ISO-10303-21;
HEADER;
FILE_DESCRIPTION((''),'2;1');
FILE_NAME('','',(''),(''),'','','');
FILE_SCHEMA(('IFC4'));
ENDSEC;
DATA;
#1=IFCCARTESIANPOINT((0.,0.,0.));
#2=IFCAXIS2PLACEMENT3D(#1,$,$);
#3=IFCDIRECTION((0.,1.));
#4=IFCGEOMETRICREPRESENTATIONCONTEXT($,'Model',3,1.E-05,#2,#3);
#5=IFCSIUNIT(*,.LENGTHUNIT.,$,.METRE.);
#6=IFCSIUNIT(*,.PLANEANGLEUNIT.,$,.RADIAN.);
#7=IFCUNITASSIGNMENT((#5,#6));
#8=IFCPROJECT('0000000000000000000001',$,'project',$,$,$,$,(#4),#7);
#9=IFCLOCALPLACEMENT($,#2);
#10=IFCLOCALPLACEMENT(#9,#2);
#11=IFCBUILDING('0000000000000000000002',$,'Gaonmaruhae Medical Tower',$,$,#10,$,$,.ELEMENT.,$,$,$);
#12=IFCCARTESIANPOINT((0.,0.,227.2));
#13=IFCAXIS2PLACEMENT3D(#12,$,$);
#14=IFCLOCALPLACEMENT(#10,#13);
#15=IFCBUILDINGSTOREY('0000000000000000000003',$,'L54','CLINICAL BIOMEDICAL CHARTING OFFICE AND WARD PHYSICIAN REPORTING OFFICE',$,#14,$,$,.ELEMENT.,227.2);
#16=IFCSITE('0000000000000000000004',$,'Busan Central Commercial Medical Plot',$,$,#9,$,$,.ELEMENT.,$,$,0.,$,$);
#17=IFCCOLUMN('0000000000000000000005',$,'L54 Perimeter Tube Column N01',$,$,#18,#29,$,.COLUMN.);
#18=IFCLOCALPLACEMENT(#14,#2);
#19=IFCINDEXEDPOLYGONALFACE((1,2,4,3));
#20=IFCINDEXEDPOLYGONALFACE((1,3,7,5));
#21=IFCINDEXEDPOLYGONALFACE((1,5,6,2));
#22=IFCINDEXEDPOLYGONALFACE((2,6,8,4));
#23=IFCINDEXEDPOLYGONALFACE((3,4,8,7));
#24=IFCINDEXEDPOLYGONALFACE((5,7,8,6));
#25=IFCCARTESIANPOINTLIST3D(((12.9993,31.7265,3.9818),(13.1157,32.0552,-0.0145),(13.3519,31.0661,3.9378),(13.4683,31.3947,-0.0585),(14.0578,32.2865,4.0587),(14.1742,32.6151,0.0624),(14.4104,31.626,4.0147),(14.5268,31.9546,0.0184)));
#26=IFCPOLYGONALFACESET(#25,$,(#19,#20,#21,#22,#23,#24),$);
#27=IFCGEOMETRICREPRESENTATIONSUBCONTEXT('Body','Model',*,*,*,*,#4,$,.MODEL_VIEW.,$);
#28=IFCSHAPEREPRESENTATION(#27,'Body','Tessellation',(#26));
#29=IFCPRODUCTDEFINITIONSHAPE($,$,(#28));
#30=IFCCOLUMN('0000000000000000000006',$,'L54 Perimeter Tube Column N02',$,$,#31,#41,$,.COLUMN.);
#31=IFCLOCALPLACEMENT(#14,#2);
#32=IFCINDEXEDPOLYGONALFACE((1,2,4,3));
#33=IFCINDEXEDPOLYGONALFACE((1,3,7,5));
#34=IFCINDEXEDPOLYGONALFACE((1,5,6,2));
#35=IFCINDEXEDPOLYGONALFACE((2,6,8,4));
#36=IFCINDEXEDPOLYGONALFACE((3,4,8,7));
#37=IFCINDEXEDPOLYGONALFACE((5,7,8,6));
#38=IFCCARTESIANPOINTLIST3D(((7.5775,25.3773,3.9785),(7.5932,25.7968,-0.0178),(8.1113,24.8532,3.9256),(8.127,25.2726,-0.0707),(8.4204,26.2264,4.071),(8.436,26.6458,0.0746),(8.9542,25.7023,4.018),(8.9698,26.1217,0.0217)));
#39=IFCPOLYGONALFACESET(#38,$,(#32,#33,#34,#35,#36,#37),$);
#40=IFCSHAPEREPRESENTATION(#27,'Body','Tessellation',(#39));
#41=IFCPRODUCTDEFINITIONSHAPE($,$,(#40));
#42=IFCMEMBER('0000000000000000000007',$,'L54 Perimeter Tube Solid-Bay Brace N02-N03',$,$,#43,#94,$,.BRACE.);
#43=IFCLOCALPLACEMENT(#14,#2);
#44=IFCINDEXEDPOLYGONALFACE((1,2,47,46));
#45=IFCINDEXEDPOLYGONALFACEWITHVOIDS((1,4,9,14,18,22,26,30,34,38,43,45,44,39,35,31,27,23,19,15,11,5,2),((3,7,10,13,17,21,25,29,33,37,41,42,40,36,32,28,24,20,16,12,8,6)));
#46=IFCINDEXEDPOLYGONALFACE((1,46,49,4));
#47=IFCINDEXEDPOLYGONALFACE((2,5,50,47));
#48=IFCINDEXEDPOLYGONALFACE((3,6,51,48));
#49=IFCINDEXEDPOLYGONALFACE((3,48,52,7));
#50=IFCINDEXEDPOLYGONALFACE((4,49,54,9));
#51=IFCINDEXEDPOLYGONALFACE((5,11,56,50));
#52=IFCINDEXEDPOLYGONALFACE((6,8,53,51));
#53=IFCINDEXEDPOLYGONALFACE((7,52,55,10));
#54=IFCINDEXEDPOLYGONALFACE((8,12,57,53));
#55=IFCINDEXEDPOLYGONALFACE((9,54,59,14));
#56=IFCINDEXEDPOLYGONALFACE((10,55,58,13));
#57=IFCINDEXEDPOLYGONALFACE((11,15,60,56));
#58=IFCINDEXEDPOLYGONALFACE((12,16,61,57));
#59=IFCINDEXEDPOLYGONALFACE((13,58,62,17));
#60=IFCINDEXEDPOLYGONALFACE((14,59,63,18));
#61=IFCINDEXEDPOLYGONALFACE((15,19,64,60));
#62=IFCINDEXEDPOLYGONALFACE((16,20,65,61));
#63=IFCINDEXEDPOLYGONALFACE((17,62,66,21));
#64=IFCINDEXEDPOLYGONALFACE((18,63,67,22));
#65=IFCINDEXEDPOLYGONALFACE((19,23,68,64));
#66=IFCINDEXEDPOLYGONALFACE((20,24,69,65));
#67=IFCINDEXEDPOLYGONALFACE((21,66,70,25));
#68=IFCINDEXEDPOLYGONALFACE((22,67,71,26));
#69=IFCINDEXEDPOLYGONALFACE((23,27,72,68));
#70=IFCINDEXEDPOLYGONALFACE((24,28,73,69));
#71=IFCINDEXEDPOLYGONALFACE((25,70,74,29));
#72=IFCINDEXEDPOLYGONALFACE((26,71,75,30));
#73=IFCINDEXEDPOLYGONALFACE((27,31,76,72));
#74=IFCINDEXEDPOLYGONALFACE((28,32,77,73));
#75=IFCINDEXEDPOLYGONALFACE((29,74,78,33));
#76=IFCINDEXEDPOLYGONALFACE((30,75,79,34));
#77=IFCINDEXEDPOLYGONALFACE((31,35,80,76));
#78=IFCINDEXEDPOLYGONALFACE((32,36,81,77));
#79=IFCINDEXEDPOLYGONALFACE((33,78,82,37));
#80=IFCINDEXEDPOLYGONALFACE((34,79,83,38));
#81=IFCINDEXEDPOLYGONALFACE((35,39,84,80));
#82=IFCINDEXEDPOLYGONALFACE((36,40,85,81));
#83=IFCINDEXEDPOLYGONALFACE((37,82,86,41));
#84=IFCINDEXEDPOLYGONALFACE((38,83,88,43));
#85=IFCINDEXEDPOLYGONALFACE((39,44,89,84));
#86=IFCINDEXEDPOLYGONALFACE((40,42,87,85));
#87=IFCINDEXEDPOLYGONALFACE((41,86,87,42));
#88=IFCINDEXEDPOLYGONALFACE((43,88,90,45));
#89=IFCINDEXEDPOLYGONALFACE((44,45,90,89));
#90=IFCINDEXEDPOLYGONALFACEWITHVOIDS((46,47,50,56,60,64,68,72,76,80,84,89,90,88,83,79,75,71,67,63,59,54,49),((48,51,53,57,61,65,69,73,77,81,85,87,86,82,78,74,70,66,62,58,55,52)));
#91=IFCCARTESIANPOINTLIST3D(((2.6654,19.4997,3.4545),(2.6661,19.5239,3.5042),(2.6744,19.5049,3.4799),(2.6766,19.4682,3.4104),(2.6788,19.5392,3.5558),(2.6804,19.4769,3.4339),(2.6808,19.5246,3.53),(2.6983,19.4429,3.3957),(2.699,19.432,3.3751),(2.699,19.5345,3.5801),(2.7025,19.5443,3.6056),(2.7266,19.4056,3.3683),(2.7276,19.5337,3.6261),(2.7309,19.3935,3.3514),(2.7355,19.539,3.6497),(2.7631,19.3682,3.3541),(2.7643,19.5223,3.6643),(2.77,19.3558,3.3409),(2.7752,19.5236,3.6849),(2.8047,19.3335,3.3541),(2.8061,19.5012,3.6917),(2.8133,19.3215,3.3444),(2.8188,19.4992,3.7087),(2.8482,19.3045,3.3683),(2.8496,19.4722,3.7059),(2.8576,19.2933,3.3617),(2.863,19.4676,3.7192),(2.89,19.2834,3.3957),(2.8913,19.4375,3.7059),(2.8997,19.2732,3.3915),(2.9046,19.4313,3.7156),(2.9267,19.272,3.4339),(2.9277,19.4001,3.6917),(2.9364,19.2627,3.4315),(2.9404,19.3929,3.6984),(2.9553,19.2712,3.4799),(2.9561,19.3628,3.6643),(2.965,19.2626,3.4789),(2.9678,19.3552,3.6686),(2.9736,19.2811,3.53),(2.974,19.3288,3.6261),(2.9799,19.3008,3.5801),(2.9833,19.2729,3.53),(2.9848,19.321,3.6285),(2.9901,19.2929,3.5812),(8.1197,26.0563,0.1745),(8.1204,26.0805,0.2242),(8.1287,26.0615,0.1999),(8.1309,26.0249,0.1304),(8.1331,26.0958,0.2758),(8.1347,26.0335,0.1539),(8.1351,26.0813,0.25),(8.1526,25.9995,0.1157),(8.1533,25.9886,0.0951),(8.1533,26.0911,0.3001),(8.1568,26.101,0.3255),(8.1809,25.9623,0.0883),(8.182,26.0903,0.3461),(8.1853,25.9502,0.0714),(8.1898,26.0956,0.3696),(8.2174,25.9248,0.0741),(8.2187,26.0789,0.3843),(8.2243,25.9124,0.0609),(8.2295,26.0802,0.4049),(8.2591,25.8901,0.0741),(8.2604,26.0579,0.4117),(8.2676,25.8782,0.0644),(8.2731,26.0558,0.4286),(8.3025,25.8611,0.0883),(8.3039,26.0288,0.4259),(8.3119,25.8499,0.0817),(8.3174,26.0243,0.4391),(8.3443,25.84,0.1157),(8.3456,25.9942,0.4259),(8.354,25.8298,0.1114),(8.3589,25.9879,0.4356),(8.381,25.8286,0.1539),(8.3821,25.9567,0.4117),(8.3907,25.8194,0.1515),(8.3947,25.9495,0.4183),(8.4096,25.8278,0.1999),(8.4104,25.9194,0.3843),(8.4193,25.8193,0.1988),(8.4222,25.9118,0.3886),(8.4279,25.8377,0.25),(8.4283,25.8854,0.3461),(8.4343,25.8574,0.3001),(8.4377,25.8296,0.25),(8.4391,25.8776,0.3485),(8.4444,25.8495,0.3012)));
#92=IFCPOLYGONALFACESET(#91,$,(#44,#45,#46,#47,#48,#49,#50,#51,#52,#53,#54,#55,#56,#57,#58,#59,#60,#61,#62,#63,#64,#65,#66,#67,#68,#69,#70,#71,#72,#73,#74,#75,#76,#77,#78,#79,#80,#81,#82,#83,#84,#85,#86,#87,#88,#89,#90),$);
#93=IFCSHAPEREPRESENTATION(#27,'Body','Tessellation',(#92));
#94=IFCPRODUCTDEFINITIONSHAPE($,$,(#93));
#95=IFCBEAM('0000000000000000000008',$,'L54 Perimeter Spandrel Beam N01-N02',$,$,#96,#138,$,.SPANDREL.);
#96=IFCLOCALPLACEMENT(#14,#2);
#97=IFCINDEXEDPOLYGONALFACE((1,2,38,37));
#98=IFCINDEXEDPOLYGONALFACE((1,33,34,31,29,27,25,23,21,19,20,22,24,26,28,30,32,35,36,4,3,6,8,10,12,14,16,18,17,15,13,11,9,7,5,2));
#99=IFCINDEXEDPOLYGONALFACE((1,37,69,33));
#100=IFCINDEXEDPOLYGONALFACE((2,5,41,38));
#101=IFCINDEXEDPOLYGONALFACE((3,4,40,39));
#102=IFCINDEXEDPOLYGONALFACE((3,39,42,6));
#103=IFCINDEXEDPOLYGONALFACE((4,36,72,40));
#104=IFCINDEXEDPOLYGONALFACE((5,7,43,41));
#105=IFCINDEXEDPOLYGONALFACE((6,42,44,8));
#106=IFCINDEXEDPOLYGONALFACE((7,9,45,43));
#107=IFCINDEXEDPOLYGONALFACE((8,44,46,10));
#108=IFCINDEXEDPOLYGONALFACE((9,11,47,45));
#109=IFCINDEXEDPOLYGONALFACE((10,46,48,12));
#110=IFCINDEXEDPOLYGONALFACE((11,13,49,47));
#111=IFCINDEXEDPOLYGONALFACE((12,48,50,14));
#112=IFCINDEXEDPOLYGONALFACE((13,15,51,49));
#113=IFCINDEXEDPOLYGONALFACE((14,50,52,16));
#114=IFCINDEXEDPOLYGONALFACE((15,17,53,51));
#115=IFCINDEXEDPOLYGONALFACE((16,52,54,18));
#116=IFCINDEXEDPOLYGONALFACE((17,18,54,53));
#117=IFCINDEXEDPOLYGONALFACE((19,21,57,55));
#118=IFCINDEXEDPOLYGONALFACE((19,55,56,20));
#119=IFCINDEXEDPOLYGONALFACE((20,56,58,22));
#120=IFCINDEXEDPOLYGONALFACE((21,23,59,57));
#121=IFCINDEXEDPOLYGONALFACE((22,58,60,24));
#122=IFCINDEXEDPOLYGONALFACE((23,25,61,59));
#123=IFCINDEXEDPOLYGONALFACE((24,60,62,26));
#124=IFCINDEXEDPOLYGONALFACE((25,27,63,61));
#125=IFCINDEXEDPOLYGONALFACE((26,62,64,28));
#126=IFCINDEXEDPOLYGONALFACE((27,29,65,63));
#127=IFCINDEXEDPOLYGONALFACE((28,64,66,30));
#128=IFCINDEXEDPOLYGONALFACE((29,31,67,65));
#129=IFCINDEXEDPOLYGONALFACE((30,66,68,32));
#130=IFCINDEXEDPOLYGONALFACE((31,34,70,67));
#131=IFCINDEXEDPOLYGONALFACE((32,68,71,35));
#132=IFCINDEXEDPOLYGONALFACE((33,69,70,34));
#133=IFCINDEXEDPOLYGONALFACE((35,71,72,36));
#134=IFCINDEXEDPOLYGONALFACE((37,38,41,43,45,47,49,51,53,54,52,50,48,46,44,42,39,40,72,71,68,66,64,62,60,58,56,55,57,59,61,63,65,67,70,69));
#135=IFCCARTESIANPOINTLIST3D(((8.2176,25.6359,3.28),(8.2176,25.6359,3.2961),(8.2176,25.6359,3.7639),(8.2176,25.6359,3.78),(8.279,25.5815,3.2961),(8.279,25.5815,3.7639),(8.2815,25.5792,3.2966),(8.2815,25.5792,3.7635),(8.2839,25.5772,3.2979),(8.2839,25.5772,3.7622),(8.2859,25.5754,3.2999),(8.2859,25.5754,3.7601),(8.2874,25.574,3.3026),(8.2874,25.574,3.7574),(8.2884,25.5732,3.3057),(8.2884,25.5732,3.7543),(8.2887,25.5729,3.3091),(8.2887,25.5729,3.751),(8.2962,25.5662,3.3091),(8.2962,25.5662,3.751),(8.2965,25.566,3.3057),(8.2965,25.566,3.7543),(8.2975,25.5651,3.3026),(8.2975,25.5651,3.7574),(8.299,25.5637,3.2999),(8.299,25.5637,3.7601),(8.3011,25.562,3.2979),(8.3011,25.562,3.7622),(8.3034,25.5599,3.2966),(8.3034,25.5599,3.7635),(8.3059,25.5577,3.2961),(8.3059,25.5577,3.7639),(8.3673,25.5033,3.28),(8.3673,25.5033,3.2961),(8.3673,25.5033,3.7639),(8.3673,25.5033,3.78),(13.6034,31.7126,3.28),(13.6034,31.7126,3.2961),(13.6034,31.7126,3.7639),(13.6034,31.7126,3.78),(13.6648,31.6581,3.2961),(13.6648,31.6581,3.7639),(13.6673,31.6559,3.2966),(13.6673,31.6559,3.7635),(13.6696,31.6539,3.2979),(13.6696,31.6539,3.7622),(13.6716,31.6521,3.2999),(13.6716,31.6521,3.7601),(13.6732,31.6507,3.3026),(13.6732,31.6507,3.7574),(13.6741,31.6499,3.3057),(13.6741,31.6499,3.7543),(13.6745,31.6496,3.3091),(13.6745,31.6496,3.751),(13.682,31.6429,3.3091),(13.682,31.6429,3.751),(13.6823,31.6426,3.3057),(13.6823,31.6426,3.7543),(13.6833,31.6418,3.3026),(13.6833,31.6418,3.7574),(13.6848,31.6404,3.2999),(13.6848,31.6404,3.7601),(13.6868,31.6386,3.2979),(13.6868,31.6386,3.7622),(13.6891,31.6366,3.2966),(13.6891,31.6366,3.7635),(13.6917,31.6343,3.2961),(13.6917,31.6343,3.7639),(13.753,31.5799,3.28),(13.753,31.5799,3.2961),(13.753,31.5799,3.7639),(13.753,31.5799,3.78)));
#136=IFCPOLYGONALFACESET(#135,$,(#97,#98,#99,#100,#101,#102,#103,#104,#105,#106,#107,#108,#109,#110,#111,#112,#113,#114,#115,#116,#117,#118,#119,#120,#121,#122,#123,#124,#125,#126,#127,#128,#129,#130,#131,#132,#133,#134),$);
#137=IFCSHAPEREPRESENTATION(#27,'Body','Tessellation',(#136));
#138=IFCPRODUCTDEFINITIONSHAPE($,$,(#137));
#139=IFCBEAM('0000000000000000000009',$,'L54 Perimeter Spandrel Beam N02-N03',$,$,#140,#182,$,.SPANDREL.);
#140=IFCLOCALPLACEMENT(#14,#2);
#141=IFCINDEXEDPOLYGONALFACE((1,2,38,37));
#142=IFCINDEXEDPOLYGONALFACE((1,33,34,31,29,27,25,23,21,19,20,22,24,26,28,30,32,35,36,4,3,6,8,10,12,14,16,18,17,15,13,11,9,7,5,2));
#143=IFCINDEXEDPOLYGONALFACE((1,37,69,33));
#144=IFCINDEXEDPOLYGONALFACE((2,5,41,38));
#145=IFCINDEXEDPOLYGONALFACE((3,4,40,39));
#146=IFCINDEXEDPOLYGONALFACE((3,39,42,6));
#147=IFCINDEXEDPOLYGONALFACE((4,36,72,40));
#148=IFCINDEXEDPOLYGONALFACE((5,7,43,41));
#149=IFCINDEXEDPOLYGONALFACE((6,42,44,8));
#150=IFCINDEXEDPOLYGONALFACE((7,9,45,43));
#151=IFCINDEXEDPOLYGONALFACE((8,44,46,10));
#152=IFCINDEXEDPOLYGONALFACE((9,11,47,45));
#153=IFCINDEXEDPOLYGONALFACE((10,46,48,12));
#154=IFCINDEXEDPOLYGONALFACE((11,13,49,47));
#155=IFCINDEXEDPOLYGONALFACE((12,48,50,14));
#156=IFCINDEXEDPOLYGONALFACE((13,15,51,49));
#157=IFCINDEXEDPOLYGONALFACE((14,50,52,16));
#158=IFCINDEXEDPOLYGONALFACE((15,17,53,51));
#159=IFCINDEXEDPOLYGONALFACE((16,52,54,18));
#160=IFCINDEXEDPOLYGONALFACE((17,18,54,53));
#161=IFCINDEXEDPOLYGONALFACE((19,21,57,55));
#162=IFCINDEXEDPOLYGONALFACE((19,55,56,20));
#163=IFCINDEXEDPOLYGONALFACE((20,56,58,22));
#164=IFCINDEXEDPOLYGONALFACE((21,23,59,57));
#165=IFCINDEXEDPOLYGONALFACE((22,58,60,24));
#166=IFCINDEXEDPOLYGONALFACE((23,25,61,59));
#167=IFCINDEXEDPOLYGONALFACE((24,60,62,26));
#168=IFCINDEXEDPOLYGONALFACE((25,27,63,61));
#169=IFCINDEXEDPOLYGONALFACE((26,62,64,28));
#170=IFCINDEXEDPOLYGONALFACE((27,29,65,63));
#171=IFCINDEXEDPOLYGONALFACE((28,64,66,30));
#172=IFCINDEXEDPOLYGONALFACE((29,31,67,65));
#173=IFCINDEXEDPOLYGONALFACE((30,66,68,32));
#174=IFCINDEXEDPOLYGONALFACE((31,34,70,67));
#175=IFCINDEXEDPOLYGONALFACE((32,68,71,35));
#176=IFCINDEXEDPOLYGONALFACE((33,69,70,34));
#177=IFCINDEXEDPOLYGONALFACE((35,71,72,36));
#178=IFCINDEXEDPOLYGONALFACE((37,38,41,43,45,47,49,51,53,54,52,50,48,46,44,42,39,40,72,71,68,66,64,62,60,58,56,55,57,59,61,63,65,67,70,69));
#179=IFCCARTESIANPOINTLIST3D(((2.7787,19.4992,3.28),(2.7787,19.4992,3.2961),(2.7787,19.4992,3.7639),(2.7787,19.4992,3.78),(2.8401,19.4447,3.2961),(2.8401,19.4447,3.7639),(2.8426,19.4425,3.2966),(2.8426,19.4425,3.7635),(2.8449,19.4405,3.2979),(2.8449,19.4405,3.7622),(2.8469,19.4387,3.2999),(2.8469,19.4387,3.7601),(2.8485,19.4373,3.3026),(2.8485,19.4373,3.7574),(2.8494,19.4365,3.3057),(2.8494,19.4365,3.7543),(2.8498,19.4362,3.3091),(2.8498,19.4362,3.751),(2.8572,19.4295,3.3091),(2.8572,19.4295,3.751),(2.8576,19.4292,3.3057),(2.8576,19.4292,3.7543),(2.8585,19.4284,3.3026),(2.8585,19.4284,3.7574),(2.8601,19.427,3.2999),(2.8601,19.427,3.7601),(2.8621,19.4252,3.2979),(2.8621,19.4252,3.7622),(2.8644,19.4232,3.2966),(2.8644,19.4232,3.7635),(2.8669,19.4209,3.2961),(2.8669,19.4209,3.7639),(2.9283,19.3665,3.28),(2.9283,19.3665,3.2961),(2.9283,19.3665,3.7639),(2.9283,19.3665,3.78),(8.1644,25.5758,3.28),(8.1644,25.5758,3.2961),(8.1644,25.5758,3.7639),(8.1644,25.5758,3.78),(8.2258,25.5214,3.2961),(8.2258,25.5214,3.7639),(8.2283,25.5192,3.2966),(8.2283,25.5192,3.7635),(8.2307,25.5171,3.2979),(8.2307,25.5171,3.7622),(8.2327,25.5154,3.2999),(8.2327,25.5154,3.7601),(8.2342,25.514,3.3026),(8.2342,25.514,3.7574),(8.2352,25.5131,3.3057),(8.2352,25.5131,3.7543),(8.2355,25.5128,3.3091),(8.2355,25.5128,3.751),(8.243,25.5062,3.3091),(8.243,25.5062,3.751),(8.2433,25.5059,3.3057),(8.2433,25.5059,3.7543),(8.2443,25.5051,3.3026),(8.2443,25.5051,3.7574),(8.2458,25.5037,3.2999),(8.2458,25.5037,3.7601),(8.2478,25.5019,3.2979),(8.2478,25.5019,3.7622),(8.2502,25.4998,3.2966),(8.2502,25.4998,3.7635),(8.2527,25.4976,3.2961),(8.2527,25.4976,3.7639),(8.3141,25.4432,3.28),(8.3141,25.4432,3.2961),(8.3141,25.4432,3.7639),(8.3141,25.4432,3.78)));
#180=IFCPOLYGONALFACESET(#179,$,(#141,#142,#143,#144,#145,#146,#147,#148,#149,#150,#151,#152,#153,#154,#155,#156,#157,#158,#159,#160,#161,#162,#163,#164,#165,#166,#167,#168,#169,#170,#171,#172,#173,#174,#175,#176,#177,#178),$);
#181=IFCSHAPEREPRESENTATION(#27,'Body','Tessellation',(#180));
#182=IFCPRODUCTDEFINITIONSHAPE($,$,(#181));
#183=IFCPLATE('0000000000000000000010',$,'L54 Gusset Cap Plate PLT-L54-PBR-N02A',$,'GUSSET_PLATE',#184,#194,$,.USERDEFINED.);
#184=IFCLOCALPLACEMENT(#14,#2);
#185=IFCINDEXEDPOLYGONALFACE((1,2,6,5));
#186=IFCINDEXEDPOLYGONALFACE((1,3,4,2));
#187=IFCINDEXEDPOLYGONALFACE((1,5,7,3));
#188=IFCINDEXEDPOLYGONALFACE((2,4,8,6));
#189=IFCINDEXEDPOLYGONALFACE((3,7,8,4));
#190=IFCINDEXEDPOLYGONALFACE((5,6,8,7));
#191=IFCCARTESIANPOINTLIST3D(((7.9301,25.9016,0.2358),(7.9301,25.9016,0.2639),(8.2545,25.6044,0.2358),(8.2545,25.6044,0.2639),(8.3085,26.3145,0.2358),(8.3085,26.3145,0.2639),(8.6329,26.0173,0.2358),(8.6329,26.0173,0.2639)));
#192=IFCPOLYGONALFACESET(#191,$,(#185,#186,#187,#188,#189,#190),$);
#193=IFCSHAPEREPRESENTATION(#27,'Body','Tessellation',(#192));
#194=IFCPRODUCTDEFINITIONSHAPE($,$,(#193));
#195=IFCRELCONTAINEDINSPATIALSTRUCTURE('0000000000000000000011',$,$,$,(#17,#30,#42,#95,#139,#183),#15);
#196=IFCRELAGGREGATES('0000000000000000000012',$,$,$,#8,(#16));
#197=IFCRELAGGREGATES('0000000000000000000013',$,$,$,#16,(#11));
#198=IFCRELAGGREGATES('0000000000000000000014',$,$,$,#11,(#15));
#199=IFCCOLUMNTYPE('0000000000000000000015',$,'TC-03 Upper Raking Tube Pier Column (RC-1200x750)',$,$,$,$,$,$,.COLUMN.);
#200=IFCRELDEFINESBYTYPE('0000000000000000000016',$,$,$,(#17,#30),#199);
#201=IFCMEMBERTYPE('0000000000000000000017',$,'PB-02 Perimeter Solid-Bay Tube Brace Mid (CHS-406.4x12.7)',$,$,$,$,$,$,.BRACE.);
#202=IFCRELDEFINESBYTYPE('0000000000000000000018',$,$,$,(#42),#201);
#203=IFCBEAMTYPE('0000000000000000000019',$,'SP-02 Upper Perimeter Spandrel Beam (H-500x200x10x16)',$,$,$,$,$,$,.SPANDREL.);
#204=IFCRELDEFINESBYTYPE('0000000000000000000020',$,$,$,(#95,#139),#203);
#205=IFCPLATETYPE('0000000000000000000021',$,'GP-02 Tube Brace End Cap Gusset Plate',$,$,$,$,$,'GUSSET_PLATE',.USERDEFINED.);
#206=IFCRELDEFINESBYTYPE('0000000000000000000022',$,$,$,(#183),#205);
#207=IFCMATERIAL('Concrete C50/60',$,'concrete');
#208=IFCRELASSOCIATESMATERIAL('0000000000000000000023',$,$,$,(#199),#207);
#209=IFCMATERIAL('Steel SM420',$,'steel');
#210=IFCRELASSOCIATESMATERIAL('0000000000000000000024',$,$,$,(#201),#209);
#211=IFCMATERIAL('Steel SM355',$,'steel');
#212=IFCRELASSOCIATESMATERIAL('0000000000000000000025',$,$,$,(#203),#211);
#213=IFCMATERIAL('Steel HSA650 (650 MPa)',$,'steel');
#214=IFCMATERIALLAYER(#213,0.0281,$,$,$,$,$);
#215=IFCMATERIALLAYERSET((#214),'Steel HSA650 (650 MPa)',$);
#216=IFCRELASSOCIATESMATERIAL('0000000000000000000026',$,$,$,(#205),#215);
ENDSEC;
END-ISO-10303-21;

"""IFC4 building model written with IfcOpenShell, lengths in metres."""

from ifc_helpers import new_model, si_unit, direction, frame, origin, origin_2d, place, context, subcontext, project, spatial, rectangle, hollow_circle, i_section, extrude, material, layer, layer_set, material_profile, profile_set, type_object, element, save


model = new_model("IFC4")

# Units and contexts
model_context = context("Model", 3, precision=1e-05, world=origin(), true_north=direction((0.0, 1.0)))
body_context = subcontext(model_context, "Body", "Model", "MODEL_VIEW")
ifc_project = project(units=[si_unit("LENGTHUNIT", "METRE"), si_unit("PLANEANGLEUNIT", "RADIAN")], contexts=[model_context])

# Site, building, storey
site_placement = place(None, origin())
site = spatial("IfcSite", under=ifc_project, at=site_placement, Name="Busan Central Commercial Medical Plot", CompositionType="ELEMENT", RefElevation=0.0)
building_placement = place(site_placement, origin())
building = spatial("IfcBuilding", under=site, at=building_placement, Name="Gaonmaruhae Medical Tower", CompositionType="ELEMENT")
storey_placement = place(building_placement, frame((0.0, 0.0, 227.2)))
storey = spatial("IfcBuildingStorey", under=building, at=storey_placement, Name="L54", Description="CLINICAL BIOMEDICAL CHARTING OFFICE AND WARD PHYSICIAN REPORTING OFFICE", CompositionType="ELEMENT", Elevation=227.2)

# Columns
ifc_material_1 = material(Name="Concrete C50/60", Category="concrete")
ifc_material_profile_1 = material_profile(ifc_material_1, rectangle(XDim=1.2, YDim=0.75, at=origin_2d()), Name="RC-1200x750")
ifc_profile_set_1 = profile_set([ifc_material_profile_1], Name="Concrete C50/60")
column_type = type_object("IfcColumnType", Name="TC-03 Upper Raking Tube Pier Column (RC-1200x750)", PredefinedType="COLUMN", material=ifc_profile_set_1)
column_1_placement = place(storey_placement, frame((13.8213, 32.0049, 0.002), z_axis=(-0.02903, -0.081917, 0.996216), x_axis=(0.882126, 0.466634, 0.064076)))
element("IfcColumn", 1, at=column_1_placement, inside=storey, type_object=column_type, Name="L54 Perimeter Tube Column N01", PredefinedType="COLUMN", context=body_context, shape_type="SweptSolid", body=[
    extrude(rectangle(XDim=1.2, YDim=0.75, at=origin_2d()), origin(), (0.0, 0.0, 1.0), 4.0115),
])
column_2_placement = place(storey_placement, frame((8.2815, 25.9592, 0.002), z_axis=(-0.003888, -0.10438, 0.99453), x_axis=(0.702418, 0.707586, 0.077011)))
element("IfcColumn", 2, at=column_2_placement, inside=storey, type_object=column_type, Name="L54 Perimeter Tube Column N02", PredefinedType="COLUMN", context=body_context, shape_type="SweptSolid", body=[
    extrude(rectangle(XDim=1.2, YDim=0.75, at=origin_2d()), origin(), (0.0, 0.0, 1.0), 4.0183),
])

# Member
ifc_material_2 = material(Name="Steel SM420", Category="steel")
ifc_material_profile_2 = material_profile(ifc_material_2, hollow_circle(Radius=0.2031, WallThickness=0.0127, at=origin_2d()), Name="CHS-406.4x12.7")
ifc_profile_set_2 = profile_set([ifc_material_profile_2], Name="Steel SM420")
member_type = type_object("IfcMemberType", Name="PB-02 Perimeter Solid-Bay Tube Brace Mid (CHS-406.4x12.7)", PredefinedType="BRACE", material=ifc_profile_set_2)
member_placement = place(storey_placement, frame((8.2815, 25.9595, 0.25), z_axis=(-0.596904, -0.717535, 0.358955), x_axis=(0.76877, -0.639525, 0.0)))
element("IfcMember", 3, at=member_placement, inside=storey, type_object=member_type, Name="L54 Perimeter Tube Solid-Bay Brace N02-N03", PredefinedType="BRACE", context=body_context, shape_type="SweptSolid", body=[
    extrude(hollow_circle(Radius=0.2031, WallThickness=0.0127, at=origin_2d()), origin(), (0.0, 0.0, 1.0), 9.1377),
])

# Beams
ifc_material_3 = material(Name="Steel SM355", Category="steel")
ifc_material_profile_3 = material_profile(ifc_material_3, i_section(OverallWidth=0.2, OverallDepth=0.5, WebThickness=0.01, FlangeThickness=0.0161, FilletRadius=0.0129, at=origin_2d()), Name="H-500x200x10x16")
ifc_profile_set_3 = profile_set([ifc_material_profile_3], Name="Steel SM355")
beam_type = type_object("IfcBeamType", Name="SP-02 Upper Perimeter Spandrel Beam (H-500x200x10x16)", PredefinedType="SPANDREL", material=ifc_profile_set_3)
for number, where, z_axis, x_axis, name in (
    (4, (13.6782, 31.6462, 3.53), (-0.663281, -0.748371, 0.0), (0.748371, -0.663281, 0.0), "L54 Perimeter Spandrel Beam N01-N02"),
    (5, (8.2393, 25.5095, 3.53), (-0.663281, -0.748371, 0.0), (0.748371, -0.663281, 0.0), "L54 Perimeter Spandrel Beam N02-N03"),
):
    element("IfcBeam", number, at=place(storey_placement, frame(where, z_axis=z_axis, x_axis=x_axis)), inside=storey, type_object=beam_type, Name=name, PredefinedType="SPANDREL", context=body_context, shape_type="SweptSolid", body=[
        extrude(i_section(OverallWidth=0.2, OverallDepth=0.5, WebThickness=0.01, FlangeThickness=0.0161, FilletRadius=0.0129, at=origin_2d()), origin(), (0.0, 0.0, 1.0), 8.1199),
    ])

# Plate
ifc_material_4 = material(Name="Steel HSA650 (650 MPa)", Category="steel")
ifc_layer_1 = layer(ifc_material_4, 0.0281)
ifc_layer_set_1 = layer_set([ifc_layer_1], Name="Steel HSA650 (650 MPa)")
plate_type_1 = type_object("IfcPlateType", Name="GP-02 Tube Brace End Cap Gusset Plate", ElementType="GUSSET_PLATE", PredefinedType="USERDEFINED", material=ifc_layer_set_1)
plate_1_placement = place(storey_placement, frame((8.2815, 25.9595, 0.2358), z_axis=(0.0, 0.0, 1.0), x_axis=(0.67559, 0.737277, 0.0)))
element("IfcPlate", 6, at=plate_1_placement, inside=storey, type_object=plate_type_1, Name="L54 Gusset Cap Plate PLT-L54-PBR-N02A", ObjectType="GUSSET_PLATE", PredefinedType="USERDEFINED", context=body_context, shape_type="SweptSolid", body=[
    extrude(rectangle(XDim=0.5601, YDim=0.4399, at=origin_2d()), origin(), (0.0, 0.0, 1.0), 0.0281),
])

save(model, "model.ifc")
